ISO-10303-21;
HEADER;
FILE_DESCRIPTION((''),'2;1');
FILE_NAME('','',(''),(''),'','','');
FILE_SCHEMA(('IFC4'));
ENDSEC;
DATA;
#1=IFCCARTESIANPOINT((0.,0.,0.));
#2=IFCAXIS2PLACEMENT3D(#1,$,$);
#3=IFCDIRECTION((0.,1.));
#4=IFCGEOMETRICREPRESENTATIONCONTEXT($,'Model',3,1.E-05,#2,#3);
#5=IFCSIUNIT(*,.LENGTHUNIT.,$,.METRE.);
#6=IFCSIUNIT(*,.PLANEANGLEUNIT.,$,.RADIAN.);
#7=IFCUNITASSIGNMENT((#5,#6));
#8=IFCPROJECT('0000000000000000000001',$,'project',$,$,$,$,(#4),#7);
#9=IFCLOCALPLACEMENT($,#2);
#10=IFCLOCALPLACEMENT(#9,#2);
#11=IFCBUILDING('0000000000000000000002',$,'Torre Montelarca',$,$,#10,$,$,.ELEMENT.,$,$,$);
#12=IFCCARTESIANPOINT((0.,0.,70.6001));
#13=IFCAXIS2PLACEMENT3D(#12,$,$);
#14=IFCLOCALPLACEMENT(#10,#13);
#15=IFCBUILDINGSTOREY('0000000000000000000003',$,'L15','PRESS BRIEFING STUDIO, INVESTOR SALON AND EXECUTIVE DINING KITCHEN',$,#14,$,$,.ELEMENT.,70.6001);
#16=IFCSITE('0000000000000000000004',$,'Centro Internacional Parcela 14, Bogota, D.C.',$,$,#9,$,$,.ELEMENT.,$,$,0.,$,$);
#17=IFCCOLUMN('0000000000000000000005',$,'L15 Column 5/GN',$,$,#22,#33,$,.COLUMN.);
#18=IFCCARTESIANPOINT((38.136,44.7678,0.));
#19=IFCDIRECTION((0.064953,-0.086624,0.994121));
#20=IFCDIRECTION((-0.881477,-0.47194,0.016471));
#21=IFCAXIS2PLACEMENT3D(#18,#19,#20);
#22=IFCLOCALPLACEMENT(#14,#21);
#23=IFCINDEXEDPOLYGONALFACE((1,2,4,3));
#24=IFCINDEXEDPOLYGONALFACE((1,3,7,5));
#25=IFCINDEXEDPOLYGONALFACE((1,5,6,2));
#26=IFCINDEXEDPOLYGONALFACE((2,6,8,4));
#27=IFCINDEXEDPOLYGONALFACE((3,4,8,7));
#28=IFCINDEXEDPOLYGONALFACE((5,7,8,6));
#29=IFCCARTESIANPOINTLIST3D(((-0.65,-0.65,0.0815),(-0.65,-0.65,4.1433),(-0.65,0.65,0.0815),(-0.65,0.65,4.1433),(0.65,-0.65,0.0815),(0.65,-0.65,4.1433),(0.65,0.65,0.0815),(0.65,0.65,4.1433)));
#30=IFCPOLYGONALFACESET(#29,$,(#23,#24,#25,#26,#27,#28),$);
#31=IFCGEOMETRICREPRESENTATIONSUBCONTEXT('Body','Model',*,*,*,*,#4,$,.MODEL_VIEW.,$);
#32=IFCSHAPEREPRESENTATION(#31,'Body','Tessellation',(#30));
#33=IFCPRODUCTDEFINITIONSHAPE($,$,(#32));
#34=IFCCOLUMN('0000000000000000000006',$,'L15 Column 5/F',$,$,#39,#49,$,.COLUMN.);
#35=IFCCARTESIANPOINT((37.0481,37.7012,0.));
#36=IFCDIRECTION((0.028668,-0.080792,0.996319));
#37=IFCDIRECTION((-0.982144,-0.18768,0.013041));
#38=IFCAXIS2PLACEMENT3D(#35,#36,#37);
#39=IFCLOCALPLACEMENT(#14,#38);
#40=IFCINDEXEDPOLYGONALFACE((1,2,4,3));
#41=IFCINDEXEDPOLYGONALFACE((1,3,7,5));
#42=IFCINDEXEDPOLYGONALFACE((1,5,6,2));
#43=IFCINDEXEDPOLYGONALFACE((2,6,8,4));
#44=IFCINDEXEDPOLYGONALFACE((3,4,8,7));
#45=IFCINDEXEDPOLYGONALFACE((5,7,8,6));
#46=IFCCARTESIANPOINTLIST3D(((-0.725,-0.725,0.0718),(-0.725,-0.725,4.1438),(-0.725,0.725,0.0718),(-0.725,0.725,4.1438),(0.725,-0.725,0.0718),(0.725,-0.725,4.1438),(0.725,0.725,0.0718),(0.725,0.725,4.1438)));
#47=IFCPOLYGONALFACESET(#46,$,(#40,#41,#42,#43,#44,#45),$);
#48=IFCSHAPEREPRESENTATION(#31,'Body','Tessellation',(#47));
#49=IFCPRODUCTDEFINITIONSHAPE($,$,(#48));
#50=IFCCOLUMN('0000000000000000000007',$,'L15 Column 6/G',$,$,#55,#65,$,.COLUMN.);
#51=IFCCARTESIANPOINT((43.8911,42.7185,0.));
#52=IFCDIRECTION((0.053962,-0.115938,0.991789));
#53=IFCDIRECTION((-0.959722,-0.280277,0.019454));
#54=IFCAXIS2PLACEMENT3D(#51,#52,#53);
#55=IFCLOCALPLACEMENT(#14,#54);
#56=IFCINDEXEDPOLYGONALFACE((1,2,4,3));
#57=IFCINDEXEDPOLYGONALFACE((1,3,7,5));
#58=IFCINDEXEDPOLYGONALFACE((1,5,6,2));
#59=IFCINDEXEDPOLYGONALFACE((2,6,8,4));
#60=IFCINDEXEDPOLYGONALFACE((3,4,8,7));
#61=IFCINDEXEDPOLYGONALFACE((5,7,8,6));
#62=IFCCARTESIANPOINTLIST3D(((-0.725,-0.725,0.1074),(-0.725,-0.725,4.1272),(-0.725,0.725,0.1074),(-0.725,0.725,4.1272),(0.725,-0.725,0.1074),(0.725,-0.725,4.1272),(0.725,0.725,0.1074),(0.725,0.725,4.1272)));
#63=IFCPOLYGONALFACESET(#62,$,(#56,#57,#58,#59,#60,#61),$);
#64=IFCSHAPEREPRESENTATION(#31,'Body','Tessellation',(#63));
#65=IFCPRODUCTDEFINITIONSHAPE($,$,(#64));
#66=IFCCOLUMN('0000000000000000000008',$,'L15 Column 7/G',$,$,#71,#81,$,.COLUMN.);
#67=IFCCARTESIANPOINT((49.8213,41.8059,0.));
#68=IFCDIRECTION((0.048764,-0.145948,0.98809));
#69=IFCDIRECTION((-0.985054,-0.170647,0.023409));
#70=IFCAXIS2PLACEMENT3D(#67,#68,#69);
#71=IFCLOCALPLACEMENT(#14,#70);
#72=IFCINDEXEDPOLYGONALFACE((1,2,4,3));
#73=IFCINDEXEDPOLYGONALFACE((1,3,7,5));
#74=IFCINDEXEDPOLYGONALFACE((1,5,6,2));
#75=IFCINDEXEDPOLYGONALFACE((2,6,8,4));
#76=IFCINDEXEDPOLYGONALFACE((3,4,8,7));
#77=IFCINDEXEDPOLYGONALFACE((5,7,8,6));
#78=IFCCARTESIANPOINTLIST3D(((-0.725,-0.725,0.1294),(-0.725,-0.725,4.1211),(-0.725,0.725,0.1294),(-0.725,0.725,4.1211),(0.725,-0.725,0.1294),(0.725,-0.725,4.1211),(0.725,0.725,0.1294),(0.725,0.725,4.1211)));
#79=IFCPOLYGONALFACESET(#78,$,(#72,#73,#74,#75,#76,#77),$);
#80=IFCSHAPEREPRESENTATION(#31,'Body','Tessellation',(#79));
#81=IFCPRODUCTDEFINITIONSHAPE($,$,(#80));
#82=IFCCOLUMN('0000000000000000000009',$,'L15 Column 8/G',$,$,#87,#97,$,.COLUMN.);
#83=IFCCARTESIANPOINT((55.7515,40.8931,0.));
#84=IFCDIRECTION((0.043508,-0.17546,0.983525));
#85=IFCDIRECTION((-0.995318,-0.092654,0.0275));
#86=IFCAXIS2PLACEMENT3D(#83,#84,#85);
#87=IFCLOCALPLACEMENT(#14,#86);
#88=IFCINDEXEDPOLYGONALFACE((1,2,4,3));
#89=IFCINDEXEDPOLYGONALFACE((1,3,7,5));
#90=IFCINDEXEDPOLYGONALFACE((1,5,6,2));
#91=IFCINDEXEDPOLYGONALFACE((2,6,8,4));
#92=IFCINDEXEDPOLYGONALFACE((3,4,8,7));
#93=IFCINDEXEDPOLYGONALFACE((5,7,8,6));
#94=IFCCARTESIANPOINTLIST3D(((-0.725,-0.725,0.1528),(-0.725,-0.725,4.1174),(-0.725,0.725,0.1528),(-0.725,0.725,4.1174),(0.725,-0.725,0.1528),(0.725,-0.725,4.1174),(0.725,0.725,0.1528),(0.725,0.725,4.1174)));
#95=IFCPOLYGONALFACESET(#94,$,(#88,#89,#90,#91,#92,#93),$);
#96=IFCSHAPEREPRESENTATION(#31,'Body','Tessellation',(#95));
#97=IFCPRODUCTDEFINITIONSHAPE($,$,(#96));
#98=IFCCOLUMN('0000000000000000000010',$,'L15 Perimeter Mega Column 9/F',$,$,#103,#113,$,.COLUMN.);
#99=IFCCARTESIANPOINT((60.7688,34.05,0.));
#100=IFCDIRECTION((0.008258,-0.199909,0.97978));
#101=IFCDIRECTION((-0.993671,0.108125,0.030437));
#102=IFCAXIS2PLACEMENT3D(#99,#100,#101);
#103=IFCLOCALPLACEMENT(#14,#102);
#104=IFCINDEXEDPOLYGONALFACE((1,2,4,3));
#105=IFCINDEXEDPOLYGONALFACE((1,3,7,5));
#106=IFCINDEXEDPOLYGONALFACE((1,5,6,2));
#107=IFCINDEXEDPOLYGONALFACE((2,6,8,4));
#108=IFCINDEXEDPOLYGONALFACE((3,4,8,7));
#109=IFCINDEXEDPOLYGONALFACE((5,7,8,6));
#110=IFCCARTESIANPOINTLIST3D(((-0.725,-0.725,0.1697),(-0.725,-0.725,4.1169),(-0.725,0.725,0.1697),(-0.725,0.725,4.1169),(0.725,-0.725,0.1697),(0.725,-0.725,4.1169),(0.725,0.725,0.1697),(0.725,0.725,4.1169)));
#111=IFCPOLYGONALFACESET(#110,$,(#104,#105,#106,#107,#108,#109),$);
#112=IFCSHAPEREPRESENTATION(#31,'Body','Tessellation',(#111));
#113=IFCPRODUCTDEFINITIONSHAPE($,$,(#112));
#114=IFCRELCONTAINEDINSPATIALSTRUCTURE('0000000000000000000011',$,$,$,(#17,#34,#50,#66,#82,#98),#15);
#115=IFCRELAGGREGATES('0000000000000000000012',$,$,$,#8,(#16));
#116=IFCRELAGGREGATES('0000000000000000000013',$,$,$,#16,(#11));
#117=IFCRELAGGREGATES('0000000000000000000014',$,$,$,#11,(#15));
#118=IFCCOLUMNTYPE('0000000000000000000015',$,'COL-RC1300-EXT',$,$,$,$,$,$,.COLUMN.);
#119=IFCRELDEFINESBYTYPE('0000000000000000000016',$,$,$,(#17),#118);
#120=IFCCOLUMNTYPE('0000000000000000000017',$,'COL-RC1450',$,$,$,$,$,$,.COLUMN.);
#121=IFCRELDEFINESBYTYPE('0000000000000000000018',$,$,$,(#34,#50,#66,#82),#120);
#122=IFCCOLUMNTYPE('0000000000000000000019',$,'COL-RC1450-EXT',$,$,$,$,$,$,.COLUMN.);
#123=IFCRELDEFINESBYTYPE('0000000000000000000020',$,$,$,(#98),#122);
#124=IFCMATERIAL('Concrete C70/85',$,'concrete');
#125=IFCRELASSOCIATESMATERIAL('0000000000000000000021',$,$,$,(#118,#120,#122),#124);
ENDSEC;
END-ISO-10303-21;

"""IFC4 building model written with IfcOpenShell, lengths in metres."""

from ifc_helpers import new_model, si_unit, direction, frame, origin, origin_2d, place, context, subcontext, project, spatial, rectangle, extrude, clip, halfspace, material, material_profile, profile_set, type_object, element, save


model = new_model("IFC4")

# Units and contexts
model_context = context("Model", 3, precision=1e-05, world=origin(), true_north=direction((0.0, 1.0)))
body_context = subcontext(model_context, "Body", "Model", "MODEL_VIEW")
ifc_project = project(units=[si_unit("LENGTHUNIT", "METRE"), si_unit("PLANEANGLEUNIT", "RADIAN")], contexts=[model_context])

# Site, building, storey
site_placement = place(None, origin())
site = spatial("IfcSite", under=ifc_project, at=site_placement, Name="Centro Internacional Parcela 14, Bogota, D.C.", CompositionType="ELEMENT", RefElevation=0.0)
building_placement = place(site_placement, origin())
building = spatial("IfcBuilding", under=site, at=building_placement, Name="Torre Montelarca", CompositionType="ELEMENT")
storey_placement = place(building_placement, frame((0.0, 0.0, 70.6001)))
storey = spatial("IfcBuildingStorey", under=building, at=storey_placement, Name="L15", Description="PRESS BRIEFING STUDIO, INVESTOR SALON AND EXECUTIVE DINING KITCHEN", CompositionType="ELEMENT", Elevation=70.6001)

# Columns
ifc_material_1 = material(Name="Concrete C70/85", Category="concrete")
ifc_material_profile_1 = material_profile(ifc_material_1, rectangle(XDim=1.3, YDim=1.3, at=origin_2d()), Name="RC1300X1300", Category="concrete")
ifc_profile_set_1 = profile_set([ifc_material_profile_1], Name="Concrete C70/85")
column_type_1 = type_object("IfcColumnType", Name="COL-RC1300-EXT", PredefinedType="COLUMN", material=ifc_profile_set_1)
column_1_placement = place(storey_placement, frame((38.136, 44.7678, 0.0), z_axis=(0.064953, -0.086624, 0.994121), x_axis=(-0.881477, -0.47194, 0.016471)))
element("IfcColumn", 1, at=column_1_placement, inside=storey, type_object=column_type_1, Name="L15 Column 5/GN", PredefinedType="COLUMN", context=body_context, shape_type="Clipping", body=[
    clip(clip(extrude(rectangle(XDim=1.3, YDim=1.3, at=origin_2d()), origin(), (0.0, 0.0, 1.0), 4.2249), halfspace(frame((0.0, 0.0, 0.0815), z_axis=(0.0, 0.0, -1.0), x_axis=(1.0, 0.0, 0.0)), False)), halfspace(frame((0.0, 0.0, 4.1433), z_axis=(0.0, 0.0, 1.0), x_axis=(1.0, 0.0, 0.0)), False)),
])
ifc_material_profile_2 = material_profile(ifc_material_1, rectangle(XDim=1.45, YDim=1.45, at=origin_2d()), Name="RC1450X1450", Category="concrete")
ifc_profile_set_2 = profile_set([ifc_material_profile_2], Name="Concrete C70/85")
column_type_2 = type_object("IfcColumnType", Name="COL-RC1450", PredefinedType="COLUMN", material=ifc_profile_set_2)
column_2_placement = place(storey_placement, frame((37.0481, 37.7012, 0.0), z_axis=(0.028668, -0.080792, 0.996319), x_axis=(-0.982144, -0.18768, 0.013041)))
element("IfcColumn", 2, at=column_2_placement, inside=storey, type_object=column_type_2, Name="L15 Column 5/F", PredefinedType="COLUMN", context=body_context, shape_type="Clipping", body=[
    clip(clip(extrude(rectangle(XDim=1.45, YDim=1.45, at=origin_2d()), origin(), (0.0, 0.0, 1.0), 4.2156), halfspace(frame((0.0, 0.0, 0.0718), z_axis=(0.0, 0.0, -1.0), x_axis=(1.0, 0.0, 0.0)), False)), halfspace(frame((0.0, 0.0, 4.1438), z_axis=(0.0, 0.0, 1.0), x_axis=(1.0, 0.0, 0.0)), False)),
])
column_3_placement = place(storey_placement, frame((43.8911, 42.7185, 0.0), z_axis=(0.053962, -0.115938, 0.991789), x_axis=(-0.959722, -0.280277, 0.019454)))
element("IfcColumn", 3, at=column_3_placement, inside=storey, type_object=column_type_2, Name="L15 Column 6/G", PredefinedType="COLUMN", context=body_context, shape_type="Clipping", body=[
    clip(clip(extrude(rectangle(XDim=1.45, YDim=1.45, at=origin_2d()), origin(), (0.0, 0.0, 1.0), 4.2346), halfspace(frame((0.0, 0.0, 0.1074), z_axis=(0.0, 0.0, -1.0), x_axis=(1.0, 0.0, 0.0)), False)), halfspace(frame((0.0, 0.0, 4.1272), z_axis=(0.0, 0.0, 1.0), x_axis=(1.0, 0.0, 0.0)), False)),
])
column_4_placement = place(storey_placement, frame((49.8213, 41.8059, 0.0), z_axis=(0.048764, -0.145948, 0.98809), x_axis=(-0.985054, -0.170647, 0.023409)))
element("IfcColumn", 4, at=column_4_placement, inside=storey, type_object=column_type_2, Name="L15 Column 7/G", PredefinedType="COLUMN", context=body_context, shape_type="Clipping", body=[
    clip(clip(extrude(rectangle(XDim=1.45, YDim=1.45, at=origin_2d()), origin(), (0.0, 0.0, 1.0), 4.2505), halfspace(frame((0.0, 0.0, 0.1294), z_axis=(0.0, 0.0, -1.0), x_axis=(1.0, 0.0, 0.0)), False)), halfspace(frame((0.0, 0.0, 4.1211), z_axis=(0.0, 0.0, 1.0), x_axis=(1.0, 0.0, 0.0)), False)),
])
column_5_placement = place(storey_placement, frame((55.7515, 40.8931, 0.0), z_axis=(0.043508, -0.17546, 0.983525), x_axis=(-0.995318, -0.092654, 0.0275)))
element("IfcColumn", 5, at=column_5_placement, inside=storey, type_object=column_type_2, Name="L15 Column 8/G", PredefinedType="COLUMN", context=body_context, shape_type="Clipping", body=[
    clip(clip(extrude(rectangle(XDim=1.45, YDim=1.45, at=origin_2d()), origin(), (0.0, 0.0, 1.0), 4.2703), halfspace(frame((0.0, 0.0, 0.1528), z_axis=(0.0, 0.0, -1.0), x_axis=(1.0, 0.0, 0.0)), False)), halfspace(frame((0.0, 0.0, 4.1174), z_axis=(0.0, 0.0, 1.0), x_axis=(1.0, 0.0, 0.0)), False)),
])
ifc_material_profile_3 = material_profile(ifc_material_1, rectangle(XDim=1.45, YDim=1.45, at=origin_2d()), Name="RC1450X1450", Category="concrete")
ifc_profile_set_3 = profile_set([ifc_material_profile_3], Name="Concrete C70/85")
column_type_3 = type_object("IfcColumnType", Name="COL-RC1450-EXT", PredefinedType="COLUMN", material=ifc_profile_set_3)
column_6_placement = place(storey_placement, frame((60.7688, 34.05, 0.0), z_axis=(0.008258, -0.199909, 0.97978), x_axis=(-0.993671, 0.108125, 0.030437)))
element("IfcColumn", 6, at=column_6_placement, inside=storey, type_object=column_type_3, Name="L15 Perimeter Mega Column 9/F", PredefinedType="COLUMN", context=body_context, shape_type="Clipping", body=[
    clip(clip(extrude(rectangle(XDim=1.45, YDim=1.45, at=origin_2d()), origin(), (0.0, 0.0, 1.0), 4.2866), halfspace(frame((0.0, 0.0, 0.1697), z_axis=(0.0, 0.0, -1.0), x_axis=(1.0, 0.0, 0.0)), False)), halfspace(frame((0.0, 0.0, 4.1169), z_axis=(0.0, 0.0, 1.0), x_axis=(1.0, 0.0, 0.0)), False)),
])

save(model, "model.ifc")
